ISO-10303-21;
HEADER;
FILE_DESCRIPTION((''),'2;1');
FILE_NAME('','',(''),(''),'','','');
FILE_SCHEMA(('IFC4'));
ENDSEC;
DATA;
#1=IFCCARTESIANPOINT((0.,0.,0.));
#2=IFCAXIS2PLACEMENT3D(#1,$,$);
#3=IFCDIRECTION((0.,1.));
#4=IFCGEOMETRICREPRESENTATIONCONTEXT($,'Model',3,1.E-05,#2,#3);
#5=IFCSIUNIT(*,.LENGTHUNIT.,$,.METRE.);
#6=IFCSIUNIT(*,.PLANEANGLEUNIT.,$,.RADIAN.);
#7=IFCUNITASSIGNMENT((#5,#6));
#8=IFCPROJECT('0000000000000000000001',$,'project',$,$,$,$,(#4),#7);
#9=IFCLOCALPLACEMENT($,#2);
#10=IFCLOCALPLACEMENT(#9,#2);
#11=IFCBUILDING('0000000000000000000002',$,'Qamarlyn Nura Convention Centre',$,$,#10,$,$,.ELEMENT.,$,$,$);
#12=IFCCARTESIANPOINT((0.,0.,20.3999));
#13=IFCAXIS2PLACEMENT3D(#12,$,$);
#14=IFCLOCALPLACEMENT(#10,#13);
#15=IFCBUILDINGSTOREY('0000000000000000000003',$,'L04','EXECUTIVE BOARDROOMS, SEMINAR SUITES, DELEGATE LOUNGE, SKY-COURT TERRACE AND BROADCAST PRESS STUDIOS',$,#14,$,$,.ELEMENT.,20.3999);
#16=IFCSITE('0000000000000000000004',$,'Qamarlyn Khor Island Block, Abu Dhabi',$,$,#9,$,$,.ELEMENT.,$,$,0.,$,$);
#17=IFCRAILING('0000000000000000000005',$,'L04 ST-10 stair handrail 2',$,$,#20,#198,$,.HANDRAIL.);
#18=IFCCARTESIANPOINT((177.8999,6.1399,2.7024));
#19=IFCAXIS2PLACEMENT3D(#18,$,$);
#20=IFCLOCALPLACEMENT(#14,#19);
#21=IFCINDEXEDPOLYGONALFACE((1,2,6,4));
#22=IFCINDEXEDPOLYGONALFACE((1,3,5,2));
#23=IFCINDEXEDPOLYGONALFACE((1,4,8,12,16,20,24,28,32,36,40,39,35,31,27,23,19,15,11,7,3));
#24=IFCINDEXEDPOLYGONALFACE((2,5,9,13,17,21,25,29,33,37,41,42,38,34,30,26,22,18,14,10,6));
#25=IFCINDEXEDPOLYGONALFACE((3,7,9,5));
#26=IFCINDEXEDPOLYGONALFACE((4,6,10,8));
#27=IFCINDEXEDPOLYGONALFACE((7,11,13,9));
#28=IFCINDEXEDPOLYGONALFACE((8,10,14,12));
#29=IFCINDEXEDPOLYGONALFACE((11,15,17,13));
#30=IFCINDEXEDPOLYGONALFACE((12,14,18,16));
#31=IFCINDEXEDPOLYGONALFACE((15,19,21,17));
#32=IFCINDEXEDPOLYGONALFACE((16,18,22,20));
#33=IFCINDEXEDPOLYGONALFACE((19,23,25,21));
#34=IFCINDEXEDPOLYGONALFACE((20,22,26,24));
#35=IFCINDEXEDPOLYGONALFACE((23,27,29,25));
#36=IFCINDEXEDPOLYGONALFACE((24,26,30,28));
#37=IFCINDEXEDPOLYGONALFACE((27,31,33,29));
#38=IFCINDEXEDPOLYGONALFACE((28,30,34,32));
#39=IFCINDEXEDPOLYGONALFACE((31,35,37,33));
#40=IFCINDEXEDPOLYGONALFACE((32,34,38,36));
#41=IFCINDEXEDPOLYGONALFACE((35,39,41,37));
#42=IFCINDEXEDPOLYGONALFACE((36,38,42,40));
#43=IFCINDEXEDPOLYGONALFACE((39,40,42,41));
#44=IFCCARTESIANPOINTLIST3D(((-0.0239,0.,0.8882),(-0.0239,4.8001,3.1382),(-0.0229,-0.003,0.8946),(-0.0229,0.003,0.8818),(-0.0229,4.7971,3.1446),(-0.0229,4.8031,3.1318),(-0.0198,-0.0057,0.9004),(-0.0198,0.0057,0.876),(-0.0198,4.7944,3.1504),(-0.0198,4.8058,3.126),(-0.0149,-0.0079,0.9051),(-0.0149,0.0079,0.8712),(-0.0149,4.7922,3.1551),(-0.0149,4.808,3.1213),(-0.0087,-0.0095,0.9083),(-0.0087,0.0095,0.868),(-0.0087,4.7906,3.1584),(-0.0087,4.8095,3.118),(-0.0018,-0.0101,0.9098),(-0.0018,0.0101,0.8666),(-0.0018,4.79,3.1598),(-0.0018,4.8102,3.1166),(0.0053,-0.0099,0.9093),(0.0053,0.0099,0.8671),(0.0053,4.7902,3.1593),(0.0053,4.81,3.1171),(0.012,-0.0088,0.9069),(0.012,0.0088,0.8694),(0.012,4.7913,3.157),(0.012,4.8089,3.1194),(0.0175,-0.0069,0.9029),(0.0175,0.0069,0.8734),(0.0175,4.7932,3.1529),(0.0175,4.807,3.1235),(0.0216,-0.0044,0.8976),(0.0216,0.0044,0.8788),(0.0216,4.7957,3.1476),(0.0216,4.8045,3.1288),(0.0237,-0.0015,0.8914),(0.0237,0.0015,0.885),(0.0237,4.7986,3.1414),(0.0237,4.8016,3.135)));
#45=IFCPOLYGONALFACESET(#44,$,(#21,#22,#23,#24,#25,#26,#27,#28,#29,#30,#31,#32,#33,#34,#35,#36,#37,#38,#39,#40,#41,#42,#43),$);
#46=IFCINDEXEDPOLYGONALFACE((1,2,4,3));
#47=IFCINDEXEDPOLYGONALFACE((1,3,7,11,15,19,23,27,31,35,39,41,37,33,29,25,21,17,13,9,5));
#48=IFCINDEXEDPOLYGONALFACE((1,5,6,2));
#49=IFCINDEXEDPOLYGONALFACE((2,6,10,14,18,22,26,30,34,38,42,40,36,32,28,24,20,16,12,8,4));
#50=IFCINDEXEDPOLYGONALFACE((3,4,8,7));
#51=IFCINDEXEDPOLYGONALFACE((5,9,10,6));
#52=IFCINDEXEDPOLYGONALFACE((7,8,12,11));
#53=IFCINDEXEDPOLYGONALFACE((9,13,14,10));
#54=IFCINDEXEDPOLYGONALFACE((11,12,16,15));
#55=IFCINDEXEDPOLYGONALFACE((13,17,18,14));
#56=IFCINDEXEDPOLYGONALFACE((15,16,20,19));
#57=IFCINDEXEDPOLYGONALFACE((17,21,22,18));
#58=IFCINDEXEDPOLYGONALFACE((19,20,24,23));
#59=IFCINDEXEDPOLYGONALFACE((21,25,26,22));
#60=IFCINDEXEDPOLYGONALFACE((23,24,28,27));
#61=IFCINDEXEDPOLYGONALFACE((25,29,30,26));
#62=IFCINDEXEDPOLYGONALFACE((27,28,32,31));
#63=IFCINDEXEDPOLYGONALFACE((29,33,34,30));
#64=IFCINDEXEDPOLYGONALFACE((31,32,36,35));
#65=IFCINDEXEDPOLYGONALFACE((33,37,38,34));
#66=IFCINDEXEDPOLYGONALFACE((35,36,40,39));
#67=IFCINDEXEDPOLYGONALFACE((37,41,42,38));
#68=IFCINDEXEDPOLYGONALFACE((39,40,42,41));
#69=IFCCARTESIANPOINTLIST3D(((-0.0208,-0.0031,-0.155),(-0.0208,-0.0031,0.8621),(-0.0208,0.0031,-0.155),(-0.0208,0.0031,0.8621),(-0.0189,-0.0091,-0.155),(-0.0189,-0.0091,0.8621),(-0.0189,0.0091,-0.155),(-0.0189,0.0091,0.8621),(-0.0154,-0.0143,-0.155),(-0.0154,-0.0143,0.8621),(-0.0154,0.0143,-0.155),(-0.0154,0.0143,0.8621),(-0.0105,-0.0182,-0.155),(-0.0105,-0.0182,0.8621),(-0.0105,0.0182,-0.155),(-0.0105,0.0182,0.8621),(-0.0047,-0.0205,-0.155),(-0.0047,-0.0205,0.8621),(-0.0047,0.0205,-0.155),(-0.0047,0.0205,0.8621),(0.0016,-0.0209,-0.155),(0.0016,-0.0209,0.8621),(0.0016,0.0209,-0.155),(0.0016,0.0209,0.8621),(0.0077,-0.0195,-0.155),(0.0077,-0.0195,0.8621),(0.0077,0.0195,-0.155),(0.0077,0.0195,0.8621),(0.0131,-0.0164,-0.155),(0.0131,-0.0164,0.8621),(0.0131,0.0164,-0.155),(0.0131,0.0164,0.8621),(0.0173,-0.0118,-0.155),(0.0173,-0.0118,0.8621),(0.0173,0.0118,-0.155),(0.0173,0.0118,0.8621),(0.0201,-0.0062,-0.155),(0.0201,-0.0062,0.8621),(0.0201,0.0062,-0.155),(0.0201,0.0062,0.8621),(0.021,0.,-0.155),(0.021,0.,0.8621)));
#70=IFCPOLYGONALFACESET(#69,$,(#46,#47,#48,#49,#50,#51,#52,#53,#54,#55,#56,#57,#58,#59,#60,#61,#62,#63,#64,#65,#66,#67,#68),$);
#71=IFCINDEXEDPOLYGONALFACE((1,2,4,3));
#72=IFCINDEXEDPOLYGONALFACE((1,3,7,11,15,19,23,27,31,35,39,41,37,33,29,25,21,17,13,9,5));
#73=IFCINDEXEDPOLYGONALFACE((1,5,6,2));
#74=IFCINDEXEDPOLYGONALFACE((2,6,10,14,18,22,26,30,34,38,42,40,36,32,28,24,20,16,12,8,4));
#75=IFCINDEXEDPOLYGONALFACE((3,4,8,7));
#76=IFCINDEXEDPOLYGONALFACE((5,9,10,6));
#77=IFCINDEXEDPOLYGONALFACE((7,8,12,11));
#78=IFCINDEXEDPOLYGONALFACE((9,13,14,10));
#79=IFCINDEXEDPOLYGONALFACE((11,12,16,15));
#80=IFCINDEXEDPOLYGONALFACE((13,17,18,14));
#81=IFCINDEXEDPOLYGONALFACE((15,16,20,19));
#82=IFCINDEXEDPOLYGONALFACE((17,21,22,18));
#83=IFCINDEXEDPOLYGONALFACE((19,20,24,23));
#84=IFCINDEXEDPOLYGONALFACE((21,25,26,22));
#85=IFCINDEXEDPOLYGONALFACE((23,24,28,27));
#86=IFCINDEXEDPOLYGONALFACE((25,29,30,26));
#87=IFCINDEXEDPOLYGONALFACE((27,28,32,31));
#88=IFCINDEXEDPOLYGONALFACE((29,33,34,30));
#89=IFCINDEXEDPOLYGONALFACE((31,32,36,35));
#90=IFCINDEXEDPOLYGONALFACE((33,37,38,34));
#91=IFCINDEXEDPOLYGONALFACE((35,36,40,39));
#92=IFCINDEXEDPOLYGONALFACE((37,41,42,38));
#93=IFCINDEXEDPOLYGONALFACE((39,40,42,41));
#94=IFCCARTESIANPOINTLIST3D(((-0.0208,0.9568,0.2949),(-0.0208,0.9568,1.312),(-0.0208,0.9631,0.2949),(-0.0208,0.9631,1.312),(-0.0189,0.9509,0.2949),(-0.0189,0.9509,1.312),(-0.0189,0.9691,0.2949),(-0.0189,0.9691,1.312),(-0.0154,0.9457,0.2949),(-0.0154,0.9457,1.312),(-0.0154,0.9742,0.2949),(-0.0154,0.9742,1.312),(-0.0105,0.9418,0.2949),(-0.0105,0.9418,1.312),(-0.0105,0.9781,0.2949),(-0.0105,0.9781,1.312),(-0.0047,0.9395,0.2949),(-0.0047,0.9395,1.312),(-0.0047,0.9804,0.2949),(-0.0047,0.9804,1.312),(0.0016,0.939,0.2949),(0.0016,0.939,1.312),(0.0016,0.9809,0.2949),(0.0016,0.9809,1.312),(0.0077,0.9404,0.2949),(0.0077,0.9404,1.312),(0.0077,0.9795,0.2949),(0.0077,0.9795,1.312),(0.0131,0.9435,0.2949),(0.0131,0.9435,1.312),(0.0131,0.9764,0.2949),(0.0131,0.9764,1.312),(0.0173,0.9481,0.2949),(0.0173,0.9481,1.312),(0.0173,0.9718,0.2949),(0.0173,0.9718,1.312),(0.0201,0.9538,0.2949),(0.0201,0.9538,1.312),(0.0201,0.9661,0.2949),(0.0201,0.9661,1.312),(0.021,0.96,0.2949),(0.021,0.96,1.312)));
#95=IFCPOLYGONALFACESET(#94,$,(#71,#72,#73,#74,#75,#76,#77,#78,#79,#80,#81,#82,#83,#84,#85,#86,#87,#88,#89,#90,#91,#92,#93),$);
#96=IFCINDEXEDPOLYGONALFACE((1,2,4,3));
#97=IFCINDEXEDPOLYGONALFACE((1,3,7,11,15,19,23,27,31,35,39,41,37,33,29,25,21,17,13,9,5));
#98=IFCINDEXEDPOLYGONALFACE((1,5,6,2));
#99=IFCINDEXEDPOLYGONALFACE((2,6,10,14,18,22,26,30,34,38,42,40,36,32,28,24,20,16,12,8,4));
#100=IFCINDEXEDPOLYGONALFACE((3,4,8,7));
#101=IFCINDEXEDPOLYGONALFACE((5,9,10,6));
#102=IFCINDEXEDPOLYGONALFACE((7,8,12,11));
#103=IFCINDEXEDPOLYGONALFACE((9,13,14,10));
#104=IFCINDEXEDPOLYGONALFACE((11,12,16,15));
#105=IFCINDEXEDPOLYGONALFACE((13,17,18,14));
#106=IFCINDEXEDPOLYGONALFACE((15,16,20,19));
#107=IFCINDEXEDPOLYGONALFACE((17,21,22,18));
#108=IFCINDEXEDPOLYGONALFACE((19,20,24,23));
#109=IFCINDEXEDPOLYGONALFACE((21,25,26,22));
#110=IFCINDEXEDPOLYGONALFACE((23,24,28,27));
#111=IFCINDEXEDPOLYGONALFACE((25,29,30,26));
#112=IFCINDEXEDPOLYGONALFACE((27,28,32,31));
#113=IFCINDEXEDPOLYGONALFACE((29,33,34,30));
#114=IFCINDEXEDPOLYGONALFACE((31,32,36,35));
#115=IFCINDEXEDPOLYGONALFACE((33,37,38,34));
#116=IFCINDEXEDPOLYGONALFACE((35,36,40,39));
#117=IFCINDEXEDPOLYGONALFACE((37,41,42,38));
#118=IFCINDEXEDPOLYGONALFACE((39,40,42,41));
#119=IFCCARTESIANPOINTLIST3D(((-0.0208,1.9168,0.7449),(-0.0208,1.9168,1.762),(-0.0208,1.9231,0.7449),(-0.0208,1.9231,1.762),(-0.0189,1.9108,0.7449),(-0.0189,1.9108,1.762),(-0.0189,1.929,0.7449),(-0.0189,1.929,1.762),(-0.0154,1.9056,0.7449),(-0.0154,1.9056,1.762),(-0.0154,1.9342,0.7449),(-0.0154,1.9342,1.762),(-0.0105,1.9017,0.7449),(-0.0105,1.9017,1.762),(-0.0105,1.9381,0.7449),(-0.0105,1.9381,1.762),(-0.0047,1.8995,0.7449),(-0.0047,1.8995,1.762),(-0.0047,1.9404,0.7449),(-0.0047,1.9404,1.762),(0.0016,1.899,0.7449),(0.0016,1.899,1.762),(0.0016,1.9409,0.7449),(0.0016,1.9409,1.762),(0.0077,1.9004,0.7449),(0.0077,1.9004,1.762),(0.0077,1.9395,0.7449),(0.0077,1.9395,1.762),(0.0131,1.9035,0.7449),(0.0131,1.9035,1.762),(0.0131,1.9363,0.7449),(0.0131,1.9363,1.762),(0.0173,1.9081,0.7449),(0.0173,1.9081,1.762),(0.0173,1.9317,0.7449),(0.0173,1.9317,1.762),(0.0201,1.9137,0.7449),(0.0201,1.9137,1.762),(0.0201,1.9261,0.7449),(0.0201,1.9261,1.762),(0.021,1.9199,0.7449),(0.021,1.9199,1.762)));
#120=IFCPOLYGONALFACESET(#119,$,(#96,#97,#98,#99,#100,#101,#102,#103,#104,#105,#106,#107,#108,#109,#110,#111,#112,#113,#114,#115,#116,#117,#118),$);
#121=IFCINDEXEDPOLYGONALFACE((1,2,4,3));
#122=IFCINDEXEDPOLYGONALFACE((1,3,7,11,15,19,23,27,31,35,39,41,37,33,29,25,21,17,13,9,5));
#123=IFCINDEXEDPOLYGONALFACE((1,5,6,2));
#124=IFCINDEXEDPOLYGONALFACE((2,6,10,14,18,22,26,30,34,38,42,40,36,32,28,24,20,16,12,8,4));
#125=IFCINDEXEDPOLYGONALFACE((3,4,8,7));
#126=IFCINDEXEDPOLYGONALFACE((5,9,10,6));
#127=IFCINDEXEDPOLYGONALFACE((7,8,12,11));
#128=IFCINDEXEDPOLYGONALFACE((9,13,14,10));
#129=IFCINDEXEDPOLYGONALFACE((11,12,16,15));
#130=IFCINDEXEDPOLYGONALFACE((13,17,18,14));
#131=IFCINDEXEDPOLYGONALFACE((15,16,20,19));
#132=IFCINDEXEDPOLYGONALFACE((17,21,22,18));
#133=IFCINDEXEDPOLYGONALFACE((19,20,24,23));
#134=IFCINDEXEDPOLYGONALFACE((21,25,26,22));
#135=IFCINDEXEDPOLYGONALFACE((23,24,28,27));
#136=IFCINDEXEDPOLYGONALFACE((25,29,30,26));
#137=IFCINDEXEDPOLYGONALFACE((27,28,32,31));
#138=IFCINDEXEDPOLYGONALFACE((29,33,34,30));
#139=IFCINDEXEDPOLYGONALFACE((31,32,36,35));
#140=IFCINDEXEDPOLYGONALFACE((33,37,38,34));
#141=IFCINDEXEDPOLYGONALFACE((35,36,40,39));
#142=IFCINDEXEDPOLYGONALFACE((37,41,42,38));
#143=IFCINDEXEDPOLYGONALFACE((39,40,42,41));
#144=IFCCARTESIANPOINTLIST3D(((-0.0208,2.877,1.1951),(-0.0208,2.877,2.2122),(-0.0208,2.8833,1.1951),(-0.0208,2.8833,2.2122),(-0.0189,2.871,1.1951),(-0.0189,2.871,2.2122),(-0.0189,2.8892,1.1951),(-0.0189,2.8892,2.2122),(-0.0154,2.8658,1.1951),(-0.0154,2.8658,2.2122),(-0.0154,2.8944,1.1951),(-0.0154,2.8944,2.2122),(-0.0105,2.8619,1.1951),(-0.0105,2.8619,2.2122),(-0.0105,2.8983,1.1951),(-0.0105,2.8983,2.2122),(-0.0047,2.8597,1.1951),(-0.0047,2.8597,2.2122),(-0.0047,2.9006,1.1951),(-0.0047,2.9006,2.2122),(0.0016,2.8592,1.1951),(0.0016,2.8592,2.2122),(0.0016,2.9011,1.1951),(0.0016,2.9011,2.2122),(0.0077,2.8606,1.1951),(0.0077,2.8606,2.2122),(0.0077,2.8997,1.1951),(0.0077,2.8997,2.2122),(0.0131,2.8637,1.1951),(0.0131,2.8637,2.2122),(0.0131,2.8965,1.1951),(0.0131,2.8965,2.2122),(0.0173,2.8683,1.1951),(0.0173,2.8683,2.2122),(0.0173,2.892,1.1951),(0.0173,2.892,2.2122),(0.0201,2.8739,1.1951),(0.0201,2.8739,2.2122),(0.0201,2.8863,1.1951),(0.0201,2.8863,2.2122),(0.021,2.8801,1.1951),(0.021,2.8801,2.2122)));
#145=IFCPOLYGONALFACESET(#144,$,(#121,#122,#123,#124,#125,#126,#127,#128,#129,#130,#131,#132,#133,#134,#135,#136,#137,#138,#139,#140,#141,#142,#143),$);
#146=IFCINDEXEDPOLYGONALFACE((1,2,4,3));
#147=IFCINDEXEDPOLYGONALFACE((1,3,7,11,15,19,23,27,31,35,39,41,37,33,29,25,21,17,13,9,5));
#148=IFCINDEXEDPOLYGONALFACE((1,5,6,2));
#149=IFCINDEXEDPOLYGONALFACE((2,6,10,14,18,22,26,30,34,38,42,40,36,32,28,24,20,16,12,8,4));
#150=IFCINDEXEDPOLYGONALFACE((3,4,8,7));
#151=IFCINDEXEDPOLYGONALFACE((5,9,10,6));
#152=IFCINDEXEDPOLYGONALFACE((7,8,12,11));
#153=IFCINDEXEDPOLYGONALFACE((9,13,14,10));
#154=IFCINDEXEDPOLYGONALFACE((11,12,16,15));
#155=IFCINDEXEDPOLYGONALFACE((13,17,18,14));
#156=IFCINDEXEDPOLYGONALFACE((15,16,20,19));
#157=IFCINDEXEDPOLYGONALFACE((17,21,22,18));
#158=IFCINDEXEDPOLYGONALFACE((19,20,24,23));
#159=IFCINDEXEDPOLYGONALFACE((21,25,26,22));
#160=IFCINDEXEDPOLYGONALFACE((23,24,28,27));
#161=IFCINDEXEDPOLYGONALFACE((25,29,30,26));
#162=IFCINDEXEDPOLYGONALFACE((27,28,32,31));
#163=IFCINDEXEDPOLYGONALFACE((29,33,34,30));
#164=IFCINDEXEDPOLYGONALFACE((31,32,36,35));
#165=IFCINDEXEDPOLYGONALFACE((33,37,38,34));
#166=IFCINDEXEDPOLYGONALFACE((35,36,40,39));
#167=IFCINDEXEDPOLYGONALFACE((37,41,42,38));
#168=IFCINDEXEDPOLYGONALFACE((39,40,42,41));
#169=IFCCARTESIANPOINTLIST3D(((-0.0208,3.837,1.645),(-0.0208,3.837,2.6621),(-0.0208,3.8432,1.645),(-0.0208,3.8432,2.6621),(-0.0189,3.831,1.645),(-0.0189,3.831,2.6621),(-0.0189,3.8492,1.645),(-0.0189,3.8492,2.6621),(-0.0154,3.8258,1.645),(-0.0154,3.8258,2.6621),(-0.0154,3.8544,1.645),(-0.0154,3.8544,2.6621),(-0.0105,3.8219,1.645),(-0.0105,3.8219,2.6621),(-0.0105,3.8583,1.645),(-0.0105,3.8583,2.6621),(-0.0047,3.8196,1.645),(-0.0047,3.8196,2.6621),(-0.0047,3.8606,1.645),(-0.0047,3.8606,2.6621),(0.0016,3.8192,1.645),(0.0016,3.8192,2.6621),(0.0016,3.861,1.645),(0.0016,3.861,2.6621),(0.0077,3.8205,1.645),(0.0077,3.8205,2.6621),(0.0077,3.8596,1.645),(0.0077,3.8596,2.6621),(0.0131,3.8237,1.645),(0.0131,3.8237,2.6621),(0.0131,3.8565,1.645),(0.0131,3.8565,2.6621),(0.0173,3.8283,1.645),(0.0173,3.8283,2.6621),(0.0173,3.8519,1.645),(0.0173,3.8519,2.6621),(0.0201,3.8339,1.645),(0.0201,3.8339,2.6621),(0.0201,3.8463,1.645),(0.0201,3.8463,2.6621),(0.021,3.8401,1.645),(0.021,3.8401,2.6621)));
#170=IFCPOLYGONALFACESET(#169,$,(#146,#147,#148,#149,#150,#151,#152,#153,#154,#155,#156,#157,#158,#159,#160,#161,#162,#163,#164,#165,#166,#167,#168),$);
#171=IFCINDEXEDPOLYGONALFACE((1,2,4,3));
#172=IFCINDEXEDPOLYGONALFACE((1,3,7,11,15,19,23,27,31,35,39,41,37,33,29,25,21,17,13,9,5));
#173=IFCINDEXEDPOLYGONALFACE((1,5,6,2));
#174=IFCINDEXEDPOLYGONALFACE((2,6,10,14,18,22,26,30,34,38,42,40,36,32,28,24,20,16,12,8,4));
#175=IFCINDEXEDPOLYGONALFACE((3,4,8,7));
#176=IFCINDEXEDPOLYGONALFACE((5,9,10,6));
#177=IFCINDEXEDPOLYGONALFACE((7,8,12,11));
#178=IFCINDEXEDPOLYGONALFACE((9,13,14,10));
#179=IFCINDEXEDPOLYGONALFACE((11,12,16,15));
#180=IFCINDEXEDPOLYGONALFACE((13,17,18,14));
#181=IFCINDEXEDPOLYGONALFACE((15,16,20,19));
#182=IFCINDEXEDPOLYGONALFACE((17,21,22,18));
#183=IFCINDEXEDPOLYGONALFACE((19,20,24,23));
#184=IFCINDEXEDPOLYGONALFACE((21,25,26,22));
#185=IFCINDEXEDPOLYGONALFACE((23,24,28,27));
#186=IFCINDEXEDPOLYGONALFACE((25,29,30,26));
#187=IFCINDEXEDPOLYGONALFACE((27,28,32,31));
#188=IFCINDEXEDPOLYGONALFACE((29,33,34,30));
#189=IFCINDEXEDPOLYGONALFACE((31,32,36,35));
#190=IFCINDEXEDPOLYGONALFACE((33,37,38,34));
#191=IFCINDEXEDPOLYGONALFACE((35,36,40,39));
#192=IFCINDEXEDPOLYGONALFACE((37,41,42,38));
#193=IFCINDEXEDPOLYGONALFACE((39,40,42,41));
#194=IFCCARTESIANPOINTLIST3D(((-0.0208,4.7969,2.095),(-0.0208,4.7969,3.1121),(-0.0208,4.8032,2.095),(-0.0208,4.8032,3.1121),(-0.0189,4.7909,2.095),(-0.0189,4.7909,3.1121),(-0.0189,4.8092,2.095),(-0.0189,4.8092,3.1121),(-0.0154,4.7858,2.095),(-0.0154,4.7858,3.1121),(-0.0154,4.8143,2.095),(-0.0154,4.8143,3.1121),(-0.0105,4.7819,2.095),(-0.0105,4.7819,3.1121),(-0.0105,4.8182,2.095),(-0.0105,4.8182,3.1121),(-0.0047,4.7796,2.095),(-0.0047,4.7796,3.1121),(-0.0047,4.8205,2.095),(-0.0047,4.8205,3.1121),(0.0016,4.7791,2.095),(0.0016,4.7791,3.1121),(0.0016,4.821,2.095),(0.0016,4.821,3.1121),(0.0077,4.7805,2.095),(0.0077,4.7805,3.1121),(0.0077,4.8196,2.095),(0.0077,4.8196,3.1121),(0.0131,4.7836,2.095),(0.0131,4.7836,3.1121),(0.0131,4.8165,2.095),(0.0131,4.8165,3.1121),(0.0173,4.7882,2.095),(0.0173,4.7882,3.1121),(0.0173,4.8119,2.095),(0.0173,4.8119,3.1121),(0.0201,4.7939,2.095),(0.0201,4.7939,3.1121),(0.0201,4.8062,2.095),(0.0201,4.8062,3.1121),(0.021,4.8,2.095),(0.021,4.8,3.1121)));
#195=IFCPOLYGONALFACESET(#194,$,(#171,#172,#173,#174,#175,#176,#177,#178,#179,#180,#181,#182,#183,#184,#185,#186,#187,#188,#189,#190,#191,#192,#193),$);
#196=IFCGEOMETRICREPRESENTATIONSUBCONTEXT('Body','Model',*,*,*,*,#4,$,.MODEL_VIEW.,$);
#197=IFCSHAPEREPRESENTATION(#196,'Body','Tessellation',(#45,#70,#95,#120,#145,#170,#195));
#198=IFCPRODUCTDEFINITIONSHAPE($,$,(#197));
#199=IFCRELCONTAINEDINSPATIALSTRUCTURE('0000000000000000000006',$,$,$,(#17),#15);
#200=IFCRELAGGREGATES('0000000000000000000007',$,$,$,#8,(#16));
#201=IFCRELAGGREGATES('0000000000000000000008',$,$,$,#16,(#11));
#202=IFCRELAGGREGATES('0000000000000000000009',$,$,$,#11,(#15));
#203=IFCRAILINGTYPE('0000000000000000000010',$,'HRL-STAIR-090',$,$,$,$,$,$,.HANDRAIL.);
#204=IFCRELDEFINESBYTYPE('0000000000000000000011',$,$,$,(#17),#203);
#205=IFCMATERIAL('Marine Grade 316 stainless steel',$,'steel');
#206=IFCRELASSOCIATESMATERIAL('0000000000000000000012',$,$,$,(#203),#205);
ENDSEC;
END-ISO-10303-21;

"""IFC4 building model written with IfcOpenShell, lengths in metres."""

from ifc_helpers import new_model, si_unit, direction, frame, origin, origin_2d, place, context, subcontext, project, spatial, circle, extrude, material, type_object, element, save


model = new_model("IFC4")

# Units and contexts
model_context = context("Model", 3, precision=1e-05, world=origin(), true_north=direction((0.0, 1.0)))
body_context = subcontext(model_context, "Body", "Model", "MODEL_VIEW")
ifc_project = project(units=[si_unit("LENGTHUNIT", "METRE"), si_unit("PLANEANGLEUNIT", "RADIAN")], contexts=[model_context])

# Site, building, storey
site_placement = place(None, origin())
site = spatial("IfcSite", under=ifc_project, at=site_placement, Name="Qamarlyn Khor Island Block, Abu Dhabi", CompositionType="ELEMENT", RefElevation=0.0)
building_placement = place(site_placement, origin())
building = spatial("IfcBuilding", under=site, at=building_placement, Name="Qamarlyn Nura Convention Centre", CompositionType="ELEMENT")
storey_placement = place(building_placement, frame((0.0, 0.0, 20.3999)))
storey = spatial("IfcBuildingStorey", under=building, at=storey_placement, Name="L04", Description="EXECUTIVE BOARDROOMS, SEMINAR SUITES, DELEGATE LOUNGE, SKY-COURT TERRACE AND BROADCAST PRESS STUDIOS", CompositionType="ELEMENT", Elevation=20.3999)

# Railing
ifc_material_1 = material(Name="Marine Grade 316 stainless steel", Category="steel")
railing_type_1 = type_object("IfcRailingType", Name="HRL-STAIR-090", PredefinedType="HANDRAIL", material=ifc_material_1)
railing_1_placement = place(storey_placement, frame((177.8999, 6.1399, 2.7024)))
element("IfcRailing", 1, at=railing_1_placement, inside=storey, type_object=railing_type_1, Name="L04 ST-10 stair handrail 2", PredefinedType="HANDRAIL", context=body_context, shape_type="SweptSolid", body=[
    extrude(circle(Radius=0.0239, at=origin_2d()), frame((0.0, 0.0, 0.8882), z_axis=(0.0, 0.905461, 0.42443), x_axis=(-1.0, 0.0, 0.0)), (0.0, 0.0, 1.0), 5.3013),
    extrude(circle(Radius=0.021, at=origin_2d()), frame((0.0, 0.0, -0.155)), (0.0, 0.0, 1.0), 1.0171),
    extrude(circle(Radius=0.021, at=origin_2d()), frame((0.0, 0.96, 0.2949)), (0.0, 0.0, 1.0), 1.0171),
    extrude(circle(Radius=0.021, at=origin_2d()), frame((0.0, 1.9199, 0.7449)), (0.0, 0.0, 1.0), 1.0171),
    extrude(circle(Radius=0.021, at=origin_2d()), frame((0.0, 2.8801, 1.1951)), (0.0, 0.0, 1.0), 1.0171),
    extrude(circle(Radius=0.021, at=origin_2d()), frame((0.0, 3.8401, 1.645)), (0.0, 0.0, 1.0), 1.0171),
    extrude(circle(Radius=0.021, at=origin_2d()), frame((0.0, 4.8, 2.095)), (0.0, 0.0, 1.0), 1.0171),
])

save(model, "model.ifc")
